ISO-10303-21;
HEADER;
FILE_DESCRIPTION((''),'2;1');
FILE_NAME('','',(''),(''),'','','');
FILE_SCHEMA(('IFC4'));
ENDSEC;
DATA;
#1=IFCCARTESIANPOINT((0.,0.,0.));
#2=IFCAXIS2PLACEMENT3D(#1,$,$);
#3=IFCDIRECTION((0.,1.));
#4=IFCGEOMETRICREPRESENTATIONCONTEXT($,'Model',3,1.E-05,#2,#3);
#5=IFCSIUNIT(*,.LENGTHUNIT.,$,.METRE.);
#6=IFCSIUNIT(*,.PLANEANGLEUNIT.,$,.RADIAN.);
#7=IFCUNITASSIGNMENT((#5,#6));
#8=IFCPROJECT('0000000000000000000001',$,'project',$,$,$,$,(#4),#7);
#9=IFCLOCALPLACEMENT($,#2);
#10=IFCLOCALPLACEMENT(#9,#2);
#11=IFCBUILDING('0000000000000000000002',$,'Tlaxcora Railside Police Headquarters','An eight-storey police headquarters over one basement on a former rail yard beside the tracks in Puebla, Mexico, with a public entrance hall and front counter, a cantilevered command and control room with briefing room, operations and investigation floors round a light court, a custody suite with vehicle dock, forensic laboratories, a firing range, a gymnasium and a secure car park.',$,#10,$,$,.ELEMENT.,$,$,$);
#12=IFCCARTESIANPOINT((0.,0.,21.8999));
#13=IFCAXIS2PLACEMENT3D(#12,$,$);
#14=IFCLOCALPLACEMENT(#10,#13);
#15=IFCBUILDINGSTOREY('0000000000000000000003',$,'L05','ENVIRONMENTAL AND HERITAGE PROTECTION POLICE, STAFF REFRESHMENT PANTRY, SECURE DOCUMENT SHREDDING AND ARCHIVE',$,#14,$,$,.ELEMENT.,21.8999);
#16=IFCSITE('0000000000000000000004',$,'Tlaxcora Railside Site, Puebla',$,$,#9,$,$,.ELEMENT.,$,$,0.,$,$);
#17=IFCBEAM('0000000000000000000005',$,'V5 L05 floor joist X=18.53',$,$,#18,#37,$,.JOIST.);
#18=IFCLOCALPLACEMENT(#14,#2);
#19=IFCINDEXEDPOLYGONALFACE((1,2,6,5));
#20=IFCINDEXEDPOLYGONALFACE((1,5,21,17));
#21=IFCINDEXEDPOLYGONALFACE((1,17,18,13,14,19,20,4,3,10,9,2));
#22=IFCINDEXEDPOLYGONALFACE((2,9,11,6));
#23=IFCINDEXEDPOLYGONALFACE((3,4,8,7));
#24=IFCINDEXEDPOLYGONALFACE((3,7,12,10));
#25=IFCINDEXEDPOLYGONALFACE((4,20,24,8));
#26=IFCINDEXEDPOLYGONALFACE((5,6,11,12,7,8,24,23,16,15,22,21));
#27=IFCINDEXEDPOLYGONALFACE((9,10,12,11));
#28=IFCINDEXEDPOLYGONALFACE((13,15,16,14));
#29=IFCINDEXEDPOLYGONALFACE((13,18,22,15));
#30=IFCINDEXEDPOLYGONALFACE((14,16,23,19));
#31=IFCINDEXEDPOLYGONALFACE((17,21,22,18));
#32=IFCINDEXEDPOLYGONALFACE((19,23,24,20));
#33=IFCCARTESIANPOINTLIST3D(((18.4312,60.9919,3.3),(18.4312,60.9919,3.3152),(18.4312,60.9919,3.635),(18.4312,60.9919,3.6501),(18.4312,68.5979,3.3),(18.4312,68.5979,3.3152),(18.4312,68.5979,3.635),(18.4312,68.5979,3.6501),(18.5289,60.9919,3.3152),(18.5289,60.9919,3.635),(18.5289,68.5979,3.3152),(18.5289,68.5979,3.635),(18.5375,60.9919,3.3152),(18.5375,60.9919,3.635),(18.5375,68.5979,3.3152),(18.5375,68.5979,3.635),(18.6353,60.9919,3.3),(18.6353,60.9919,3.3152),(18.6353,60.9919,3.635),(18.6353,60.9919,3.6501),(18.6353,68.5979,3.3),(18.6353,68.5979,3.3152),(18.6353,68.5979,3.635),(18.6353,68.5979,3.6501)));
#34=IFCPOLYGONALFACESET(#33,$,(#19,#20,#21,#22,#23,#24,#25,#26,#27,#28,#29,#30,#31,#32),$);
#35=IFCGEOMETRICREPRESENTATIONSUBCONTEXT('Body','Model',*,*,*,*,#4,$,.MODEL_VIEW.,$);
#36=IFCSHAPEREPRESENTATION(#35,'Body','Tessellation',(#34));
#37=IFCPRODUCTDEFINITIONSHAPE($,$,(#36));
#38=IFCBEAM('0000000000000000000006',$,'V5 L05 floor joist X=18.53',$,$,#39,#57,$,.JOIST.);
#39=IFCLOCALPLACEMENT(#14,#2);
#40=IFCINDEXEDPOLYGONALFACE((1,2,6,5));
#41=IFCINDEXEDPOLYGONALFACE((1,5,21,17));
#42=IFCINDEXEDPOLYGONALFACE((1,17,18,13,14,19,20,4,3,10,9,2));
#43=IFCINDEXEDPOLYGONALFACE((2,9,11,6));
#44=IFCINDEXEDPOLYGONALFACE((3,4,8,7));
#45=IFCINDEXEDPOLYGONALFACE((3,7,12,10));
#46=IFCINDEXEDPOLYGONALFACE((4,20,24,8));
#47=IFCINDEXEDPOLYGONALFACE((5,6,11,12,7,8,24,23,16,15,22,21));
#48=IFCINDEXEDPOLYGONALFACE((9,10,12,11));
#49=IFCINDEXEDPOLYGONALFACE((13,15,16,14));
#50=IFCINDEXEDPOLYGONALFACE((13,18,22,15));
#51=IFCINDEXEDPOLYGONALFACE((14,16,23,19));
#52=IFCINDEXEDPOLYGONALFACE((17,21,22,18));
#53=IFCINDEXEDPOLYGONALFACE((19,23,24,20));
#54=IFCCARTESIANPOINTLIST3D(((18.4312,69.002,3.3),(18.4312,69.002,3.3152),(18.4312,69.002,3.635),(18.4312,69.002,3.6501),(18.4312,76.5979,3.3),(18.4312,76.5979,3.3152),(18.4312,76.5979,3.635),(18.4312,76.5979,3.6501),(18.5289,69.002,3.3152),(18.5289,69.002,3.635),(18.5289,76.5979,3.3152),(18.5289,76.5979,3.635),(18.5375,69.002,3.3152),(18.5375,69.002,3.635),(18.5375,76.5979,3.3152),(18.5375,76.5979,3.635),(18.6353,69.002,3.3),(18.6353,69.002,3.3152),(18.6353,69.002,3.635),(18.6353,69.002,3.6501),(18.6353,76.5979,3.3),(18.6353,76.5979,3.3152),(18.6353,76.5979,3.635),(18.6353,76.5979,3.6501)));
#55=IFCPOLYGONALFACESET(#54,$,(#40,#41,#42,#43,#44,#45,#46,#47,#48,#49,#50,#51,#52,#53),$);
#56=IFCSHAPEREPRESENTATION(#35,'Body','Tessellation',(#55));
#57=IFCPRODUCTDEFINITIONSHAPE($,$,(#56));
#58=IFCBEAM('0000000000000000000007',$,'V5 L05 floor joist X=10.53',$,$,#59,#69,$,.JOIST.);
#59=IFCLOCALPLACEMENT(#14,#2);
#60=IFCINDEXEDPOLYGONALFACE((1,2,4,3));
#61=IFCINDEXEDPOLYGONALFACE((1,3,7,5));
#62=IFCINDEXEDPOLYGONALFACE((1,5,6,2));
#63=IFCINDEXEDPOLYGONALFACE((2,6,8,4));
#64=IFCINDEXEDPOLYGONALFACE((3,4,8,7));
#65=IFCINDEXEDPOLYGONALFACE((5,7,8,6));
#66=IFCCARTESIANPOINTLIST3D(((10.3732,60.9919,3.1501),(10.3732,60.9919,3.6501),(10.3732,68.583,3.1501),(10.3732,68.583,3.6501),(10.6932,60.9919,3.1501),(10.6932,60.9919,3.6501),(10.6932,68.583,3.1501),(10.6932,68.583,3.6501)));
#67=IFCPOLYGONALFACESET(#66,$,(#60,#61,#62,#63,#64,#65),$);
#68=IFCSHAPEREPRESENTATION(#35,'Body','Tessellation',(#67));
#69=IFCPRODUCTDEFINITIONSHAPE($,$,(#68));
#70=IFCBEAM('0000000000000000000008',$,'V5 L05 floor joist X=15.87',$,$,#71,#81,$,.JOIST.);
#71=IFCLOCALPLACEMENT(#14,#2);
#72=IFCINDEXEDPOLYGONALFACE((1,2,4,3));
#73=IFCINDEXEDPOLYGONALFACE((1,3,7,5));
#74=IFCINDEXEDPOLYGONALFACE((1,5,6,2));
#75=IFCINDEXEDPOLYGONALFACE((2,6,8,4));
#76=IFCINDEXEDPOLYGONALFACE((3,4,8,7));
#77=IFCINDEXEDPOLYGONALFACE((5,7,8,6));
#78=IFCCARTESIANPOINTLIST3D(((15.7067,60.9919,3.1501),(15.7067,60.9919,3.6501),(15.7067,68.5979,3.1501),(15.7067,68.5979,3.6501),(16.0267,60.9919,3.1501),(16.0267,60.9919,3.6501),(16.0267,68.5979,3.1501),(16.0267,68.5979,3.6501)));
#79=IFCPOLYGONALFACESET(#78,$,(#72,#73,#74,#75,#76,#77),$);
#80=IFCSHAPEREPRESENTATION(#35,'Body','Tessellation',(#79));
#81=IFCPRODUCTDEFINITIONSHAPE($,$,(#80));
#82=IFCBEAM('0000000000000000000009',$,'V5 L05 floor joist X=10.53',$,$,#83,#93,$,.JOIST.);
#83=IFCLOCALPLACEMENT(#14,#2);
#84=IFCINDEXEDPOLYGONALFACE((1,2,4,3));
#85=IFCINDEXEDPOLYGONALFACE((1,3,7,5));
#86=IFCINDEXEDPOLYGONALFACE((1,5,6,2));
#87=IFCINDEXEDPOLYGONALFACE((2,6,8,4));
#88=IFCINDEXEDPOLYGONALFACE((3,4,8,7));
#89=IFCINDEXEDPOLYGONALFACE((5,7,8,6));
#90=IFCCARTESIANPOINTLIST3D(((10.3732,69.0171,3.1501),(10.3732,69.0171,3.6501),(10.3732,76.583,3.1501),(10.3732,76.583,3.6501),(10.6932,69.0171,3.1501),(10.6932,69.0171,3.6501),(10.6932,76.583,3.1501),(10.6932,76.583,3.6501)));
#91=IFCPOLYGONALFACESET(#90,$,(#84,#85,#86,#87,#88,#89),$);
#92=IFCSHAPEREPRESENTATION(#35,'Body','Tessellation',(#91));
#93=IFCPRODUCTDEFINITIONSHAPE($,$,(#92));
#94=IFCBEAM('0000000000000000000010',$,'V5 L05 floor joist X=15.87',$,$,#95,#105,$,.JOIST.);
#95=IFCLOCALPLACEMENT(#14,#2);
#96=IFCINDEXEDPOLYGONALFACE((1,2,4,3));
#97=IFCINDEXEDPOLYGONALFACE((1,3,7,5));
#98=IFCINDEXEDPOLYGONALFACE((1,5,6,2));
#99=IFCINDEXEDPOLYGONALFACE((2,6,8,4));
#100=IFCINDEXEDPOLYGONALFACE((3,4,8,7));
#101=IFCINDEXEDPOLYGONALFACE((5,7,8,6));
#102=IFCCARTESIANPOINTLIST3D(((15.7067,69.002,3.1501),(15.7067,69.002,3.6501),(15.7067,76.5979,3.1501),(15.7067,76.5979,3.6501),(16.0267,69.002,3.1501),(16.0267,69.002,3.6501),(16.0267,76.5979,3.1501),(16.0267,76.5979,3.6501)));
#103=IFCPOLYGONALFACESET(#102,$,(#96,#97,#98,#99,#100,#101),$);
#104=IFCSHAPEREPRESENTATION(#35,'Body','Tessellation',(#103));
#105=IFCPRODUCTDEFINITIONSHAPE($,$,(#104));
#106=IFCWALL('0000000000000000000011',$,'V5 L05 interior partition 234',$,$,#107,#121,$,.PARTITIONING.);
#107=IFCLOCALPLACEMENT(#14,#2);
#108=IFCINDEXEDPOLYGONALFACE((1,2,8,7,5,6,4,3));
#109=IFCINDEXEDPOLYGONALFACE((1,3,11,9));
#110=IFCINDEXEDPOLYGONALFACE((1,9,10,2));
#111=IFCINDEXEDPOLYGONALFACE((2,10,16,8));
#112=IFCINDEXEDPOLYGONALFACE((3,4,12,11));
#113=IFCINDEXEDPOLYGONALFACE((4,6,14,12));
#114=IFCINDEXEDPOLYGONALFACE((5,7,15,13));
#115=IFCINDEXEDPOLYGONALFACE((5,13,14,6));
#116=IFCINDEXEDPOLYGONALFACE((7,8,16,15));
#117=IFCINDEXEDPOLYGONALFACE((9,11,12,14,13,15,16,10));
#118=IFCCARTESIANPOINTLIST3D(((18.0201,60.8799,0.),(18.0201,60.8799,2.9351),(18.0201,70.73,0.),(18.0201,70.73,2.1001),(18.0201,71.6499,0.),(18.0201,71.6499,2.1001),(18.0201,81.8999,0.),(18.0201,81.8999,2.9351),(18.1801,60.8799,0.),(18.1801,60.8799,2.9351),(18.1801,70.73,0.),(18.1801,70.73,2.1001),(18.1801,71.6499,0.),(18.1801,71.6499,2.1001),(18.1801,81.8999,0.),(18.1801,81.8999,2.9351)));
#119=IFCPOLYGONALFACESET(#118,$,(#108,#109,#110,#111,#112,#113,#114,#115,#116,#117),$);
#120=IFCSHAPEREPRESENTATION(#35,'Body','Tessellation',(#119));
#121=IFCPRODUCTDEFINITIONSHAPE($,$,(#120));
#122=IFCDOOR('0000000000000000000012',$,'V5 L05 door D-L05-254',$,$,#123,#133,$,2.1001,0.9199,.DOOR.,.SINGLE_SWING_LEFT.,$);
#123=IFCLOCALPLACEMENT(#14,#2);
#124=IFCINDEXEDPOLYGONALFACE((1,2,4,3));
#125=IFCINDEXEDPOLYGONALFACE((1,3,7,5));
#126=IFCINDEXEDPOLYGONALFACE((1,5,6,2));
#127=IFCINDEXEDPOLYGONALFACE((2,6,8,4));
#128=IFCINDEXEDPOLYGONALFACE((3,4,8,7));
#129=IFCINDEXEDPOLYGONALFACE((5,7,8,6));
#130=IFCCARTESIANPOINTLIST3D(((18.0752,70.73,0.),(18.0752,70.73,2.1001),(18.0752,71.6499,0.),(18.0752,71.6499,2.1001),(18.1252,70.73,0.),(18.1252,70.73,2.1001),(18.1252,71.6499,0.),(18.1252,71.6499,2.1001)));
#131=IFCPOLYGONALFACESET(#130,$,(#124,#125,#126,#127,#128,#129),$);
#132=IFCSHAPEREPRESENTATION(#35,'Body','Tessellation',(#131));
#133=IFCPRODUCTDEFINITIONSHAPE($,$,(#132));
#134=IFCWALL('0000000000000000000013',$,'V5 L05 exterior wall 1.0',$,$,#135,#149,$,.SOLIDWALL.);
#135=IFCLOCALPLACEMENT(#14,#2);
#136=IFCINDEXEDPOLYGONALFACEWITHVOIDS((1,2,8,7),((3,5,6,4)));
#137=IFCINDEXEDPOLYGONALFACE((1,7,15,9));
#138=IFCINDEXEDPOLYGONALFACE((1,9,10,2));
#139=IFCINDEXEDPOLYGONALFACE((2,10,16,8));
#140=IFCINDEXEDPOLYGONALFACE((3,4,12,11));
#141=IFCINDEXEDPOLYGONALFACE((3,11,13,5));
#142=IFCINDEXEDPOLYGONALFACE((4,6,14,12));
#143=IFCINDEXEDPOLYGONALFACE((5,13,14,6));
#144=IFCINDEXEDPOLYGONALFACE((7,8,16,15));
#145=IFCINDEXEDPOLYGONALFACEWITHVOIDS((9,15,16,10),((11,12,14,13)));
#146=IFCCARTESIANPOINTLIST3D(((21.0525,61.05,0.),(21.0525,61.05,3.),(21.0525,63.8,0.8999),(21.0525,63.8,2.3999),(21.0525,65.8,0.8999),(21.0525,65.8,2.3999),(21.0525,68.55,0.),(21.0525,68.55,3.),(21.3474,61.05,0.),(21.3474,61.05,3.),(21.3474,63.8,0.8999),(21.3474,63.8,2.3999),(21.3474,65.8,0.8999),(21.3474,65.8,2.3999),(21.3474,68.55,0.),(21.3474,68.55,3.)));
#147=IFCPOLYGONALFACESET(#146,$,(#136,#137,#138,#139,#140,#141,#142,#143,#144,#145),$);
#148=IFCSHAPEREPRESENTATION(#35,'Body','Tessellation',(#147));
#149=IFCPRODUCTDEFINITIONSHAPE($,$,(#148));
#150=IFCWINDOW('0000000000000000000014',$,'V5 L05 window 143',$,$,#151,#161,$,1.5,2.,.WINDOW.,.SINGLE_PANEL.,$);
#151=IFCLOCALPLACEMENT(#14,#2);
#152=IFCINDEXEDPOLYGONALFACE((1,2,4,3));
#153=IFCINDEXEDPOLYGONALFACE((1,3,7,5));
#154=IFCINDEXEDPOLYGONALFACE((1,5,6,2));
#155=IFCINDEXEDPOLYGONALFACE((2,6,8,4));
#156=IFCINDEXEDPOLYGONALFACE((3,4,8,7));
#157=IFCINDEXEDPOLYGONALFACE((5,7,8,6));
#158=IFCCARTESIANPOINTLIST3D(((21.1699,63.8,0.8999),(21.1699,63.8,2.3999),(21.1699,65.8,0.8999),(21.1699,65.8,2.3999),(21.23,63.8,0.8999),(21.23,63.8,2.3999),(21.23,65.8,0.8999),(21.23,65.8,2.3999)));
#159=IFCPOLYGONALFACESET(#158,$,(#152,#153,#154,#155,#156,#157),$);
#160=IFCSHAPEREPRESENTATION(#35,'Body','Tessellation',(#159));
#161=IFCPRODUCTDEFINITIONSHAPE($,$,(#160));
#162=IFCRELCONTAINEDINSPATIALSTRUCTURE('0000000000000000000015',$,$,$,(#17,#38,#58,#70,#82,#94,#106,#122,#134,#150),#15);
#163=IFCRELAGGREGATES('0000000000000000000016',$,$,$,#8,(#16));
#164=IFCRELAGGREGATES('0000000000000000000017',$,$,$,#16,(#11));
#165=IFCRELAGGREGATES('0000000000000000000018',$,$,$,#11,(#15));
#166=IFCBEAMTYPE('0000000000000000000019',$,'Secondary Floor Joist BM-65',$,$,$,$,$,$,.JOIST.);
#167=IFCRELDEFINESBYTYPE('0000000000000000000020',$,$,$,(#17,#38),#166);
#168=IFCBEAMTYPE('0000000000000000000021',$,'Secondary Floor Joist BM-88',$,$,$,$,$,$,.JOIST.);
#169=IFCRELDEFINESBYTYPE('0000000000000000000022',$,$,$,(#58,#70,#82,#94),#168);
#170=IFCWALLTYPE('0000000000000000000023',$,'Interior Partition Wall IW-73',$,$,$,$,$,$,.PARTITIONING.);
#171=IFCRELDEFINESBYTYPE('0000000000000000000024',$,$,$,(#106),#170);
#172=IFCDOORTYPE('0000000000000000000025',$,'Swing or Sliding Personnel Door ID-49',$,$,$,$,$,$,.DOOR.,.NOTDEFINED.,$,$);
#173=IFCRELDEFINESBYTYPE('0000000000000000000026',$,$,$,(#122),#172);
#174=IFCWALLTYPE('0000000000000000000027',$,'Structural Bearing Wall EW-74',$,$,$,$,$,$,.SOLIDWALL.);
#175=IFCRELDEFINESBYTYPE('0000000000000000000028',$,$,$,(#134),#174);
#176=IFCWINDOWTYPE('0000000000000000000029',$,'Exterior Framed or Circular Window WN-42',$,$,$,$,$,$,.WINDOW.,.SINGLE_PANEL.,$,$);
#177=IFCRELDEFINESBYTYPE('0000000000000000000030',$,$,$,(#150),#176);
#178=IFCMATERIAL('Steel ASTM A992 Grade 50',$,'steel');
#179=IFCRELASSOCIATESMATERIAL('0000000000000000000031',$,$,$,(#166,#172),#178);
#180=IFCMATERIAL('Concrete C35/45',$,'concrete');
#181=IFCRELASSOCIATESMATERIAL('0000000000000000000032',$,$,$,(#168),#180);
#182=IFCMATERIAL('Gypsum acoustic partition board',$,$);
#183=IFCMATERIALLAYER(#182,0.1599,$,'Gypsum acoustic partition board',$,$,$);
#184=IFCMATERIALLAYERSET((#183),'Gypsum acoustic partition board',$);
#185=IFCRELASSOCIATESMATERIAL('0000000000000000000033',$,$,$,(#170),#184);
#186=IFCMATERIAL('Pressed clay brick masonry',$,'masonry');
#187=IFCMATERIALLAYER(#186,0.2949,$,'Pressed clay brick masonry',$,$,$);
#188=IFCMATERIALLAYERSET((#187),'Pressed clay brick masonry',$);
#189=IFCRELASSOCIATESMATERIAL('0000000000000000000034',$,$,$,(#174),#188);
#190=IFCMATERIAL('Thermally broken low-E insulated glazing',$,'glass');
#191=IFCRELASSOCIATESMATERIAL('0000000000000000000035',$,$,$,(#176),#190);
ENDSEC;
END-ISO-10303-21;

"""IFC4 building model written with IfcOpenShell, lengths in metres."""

from ifc_helpers import new_model, si_unit, direction, frame, frame_2d, origin, origin_2d, place, context, subcontext, project, spatial, rectangle, i_section, extrude, material, layer, layer_set, material_profile, profile_set, type_object, element, fill, save


model = new_model("IFC4")

# Units and contexts
model_context = context("Model", 3, precision=1e-05, world=origin(), true_north=direction((0.0, 1.0)))
body_context = subcontext(model_context, "Body", "Model", "MODEL_VIEW")
ifc_project = project(units=[si_unit("LENGTHUNIT", "METRE"), si_unit("PLANEANGLEUNIT", "RADIAN")], contexts=[model_context])

# Site, building, storey
site_placement = place(None, origin())
site = spatial("IfcSite", under=ifc_project, at=site_placement, Name="Tlaxcora Railside Site, Puebla", CompositionType="ELEMENT", RefElevation=0.0)
building_placement = place(site_placement, origin())
building = spatial("IfcBuilding", under=site, at=building_placement, Name="Tlaxcora Railside Police Headquarters", Description="An eight-storey police headquarters over one basement on a former rail yard beside the tracks in Puebla, Mexico, with a public entrance hall and front counter, a cantilevered command and control room with briefing room, operations and investigation floors round a light court, a custody suite with vehicle dock, forensic laboratories, a firing range, a gymnasium and a secure car park.", CompositionType="ELEMENT")
storey_placement = place(building_placement, frame((0.0, 0.0, 21.8999)))
storey = spatial("IfcBuildingStorey", under=building, at=storey_placement, Name="L05", Description="ENVIRONMENTAL AND HERITAGE PROTECTION POLICE, STAFF REFRESHMENT PANTRY, SECURE DOCUMENT SHREDDING AND ARCHIVE", CompositionType="ELEMENT", Elevation=21.8999)

# Shared definitions
ifc_material_1 = material(Name="Thermally broken low-E insulated glazing", Category="glass")

# Beams
ifc_material_2 = material(Name="Concrete C35/45", Category="concrete")
ifc_material_3 = material(Name="Steel ASTM A992 Grade 50", Category="steel")
ifc_material_profile_1 = material_profile(ifc_material_3, i_section(OverallWidth=0.2041, OverallDepth=0.3501, WebThickness=0.0085, FlangeThickness=0.0151, at=origin_2d()), Name="W14X48")
ifc_profile_set_1 = profile_set([ifc_material_profile_1], Name="Steel ASTM A992 Grade 50")
beam_type_1 = type_object("IfcBeamType", Name="Secondary Floor Joist BM-65", PredefinedType="JOIST", material=ifc_profile_set_1)
beam_1_placement = place(storey_placement, frame((18.5332, 60.9919, 3.4751), z_axis=(0.0, 1.0, 0.0), x_axis=(-1.0, 0.0, 0.0)))
element("IfcBeam", 1, at=beam_1_placement, inside=storey, type_object=beam_type_1, Name="V5 L05 floor joist X=18.53", PredefinedType="JOIST", context=body_context, shape_type="SweptSolid", body=[
    extrude(i_section(OverallWidth=0.2041, OverallDepth=0.3501, WebThickness=0.0085, FlangeThickness=0.0151, at=origin_2d()), origin(), (0.0, 0.0, 1.0), 7.606),
])
beam_2_placement = place(storey_placement, frame((18.5332, 69.002, 3.4751), z_axis=(0.0, 1.0, 0.0), x_axis=(-1.0, 0.0, 0.0)))
element("IfcBeam", 2, at=beam_2_placement, inside=storey, type_object=beam_type_1, Name="V5 L05 floor joist X=18.53", PredefinedType="JOIST", context=body_context, shape_type="SweptSolid", body=[
    extrude(i_section(OverallWidth=0.2041, OverallDepth=0.3501, WebThickness=0.0085, FlangeThickness=0.0151, at=origin_2d()), origin(), (0.0, 0.0, 1.0), 7.5959),
])
ifc_material_profile_2 = material_profile(ifc_material_2, rectangle(XDim=0.3201, YDim=0.5, at=origin_2d()), Name="RC320X500")
ifc_profile_set_2 = profile_set([ifc_material_profile_2], Name="Concrete C35/45")
beam_type_2 = type_object("IfcBeamType", Name="Secondary Floor Joist BM-88", PredefinedType="JOIST", material=ifc_profile_set_2)
beam_3_placement = place(storey_placement, frame((10.5332, 60.9919, 3.4001), z_axis=(0.0, 1.0, 0.0), x_axis=(-1.0, 0.0, 0.0)))
element("IfcBeam", 3, at=beam_3_placement, inside=storey, type_object=beam_type_2, Name="V5 L05 floor joist X=10.53", PredefinedType="JOIST", context=body_context, shape_type="SweptSolid", body=[
    extrude(rectangle(XDim=0.3201, YDim=0.5, at=origin_2d()), origin(), (0.0, 0.0, 1.0), 7.5911),
])
beam_4_placement = place(storey_placement, frame((15.8667, 60.9919, 3.4001), z_axis=(0.0, 1.0, 0.0), x_axis=(-1.0, 0.0, 0.0)))
element("IfcBeam", 4, at=beam_4_placement, inside=storey, type_object=beam_type_2, Name="V5 L05 floor joist X=15.87", PredefinedType="JOIST", context=body_context, shape_type="SweptSolid", body=[
    extrude(rectangle(XDim=0.3201, YDim=0.5, at=origin_2d()), origin(), (0.0, 0.0, 1.0), 7.606),
])
beam_5_placement = place(storey_placement, frame((10.5332, 69.0171, 3.4001), z_axis=(0.0, 1.0, 0.0), x_axis=(-1.0, 0.0, 0.0)))
element("IfcBeam", 5, at=beam_5_placement, inside=storey, type_object=beam_type_2, Name="V5 L05 floor joist X=10.53", PredefinedType="JOIST", context=body_context, shape_type="SweptSolid", body=[
    extrude(rectangle(XDim=0.3201, YDim=0.5, at=origin_2d()), origin(), (0.0, 0.0, 1.0), 7.5659),
])
beam_6_placement = place(storey_placement, frame((15.8667, 69.002, 3.4001), z_axis=(0.0, 1.0, 0.0), x_axis=(-1.0, 0.0, 0.0)))
element("IfcBeam", 6, at=beam_6_placement, inside=storey, type_object=beam_type_2, Name="V5 L05 floor joist X=15.87", PredefinedType="JOIST", context=body_context, shape_type="SweptSolid", body=[
    extrude(rectangle(XDim=0.3201, YDim=0.5, at=origin_2d()), origin(), (0.0, 0.0, 1.0), 7.5959),
])

# Wall, opening, door
ifc_material_4 = material(Name="Gypsum acoustic partition board")
ifc_layer_1 = layer(ifc_material_4, 0.1599, Name="Gypsum acoustic partition board")
ifc_layer_set_1 = layer_set([ifc_layer_1], Name="Gypsum acoustic partition board")
wall_type_1 = type_object("IfcWallType", Name="Interior Partition Wall IW-73", PredefinedType="PARTITIONING", material=ifc_layer_set_1)
wall_1_placement = place(storey_placement, frame((18.1001, 60.8799, 0.0), z_axis=(0.0, 0.0, 1.0), x_axis=(0.0, 1.0, 0.0)))
wall_1 = element("IfcWall", 7, at=wall_1_placement, inside=storey, type_object=wall_type_1, Name="V5 L05 interior partition 234", PredefinedType="PARTITIONING", context=body_context, shape_type="SweptSolid", body=[
    extrude(rectangle(XDim=21.02, YDim=0.1599, at=frame_2d((10.51, 0.0))), origin(), (0.0, 0.0, 1.0), 2.9351),
])
opening_1_placement = place(wall_1_placement, frame((9.8501, 0.0, 0.0)))
opening_1 = element("IfcOpeningElement", 8, at=opening_1_placement, cuts=wall_1, PredefinedType="OPENING", context=body_context, shape_type="SweptSolid", body=[
    extrude(rectangle(XDim=0.9199, YDim=2.1001, at=frame_2d((0.46, 1.05))), frame((0.0, 0.0898, 0.0), z_axis=(0.0, -1.0, 0.0), x_axis=(1.0, 0.0, 0.0)), (0.0, 0.0, 1.0), 0.1799),
])
door_type = type_object("IfcDoorType", Name="Swing or Sliding Personnel Door ID-49", OperationType="NOTDEFINED", PredefinedType="DOOR", material=ifc_material_3)
door_placement = place(opening_1_placement, origin())
door = element("IfcDoor", 9, at=door_placement, inside=storey, type_object=door_type, Name="V5 L05 door D-L05-254", OperationType="SINGLE_SWING_LEFT", OverallHeight=2.1001, OverallWidth=0.9199, PredefinedType="DOOR", context=body_context, shape_type="SweptSolid", body=[
    extrude(rectangle(XDim=0.9199, YDim=2.1001, at=frame_2d((0.46, 1.05))), frame((0.0, 0.0249, 0.0), z_axis=(0.0, -1.0, 0.0), x_axis=(1.0, 0.0, 0.0)), (0.0, 0.0, 1.0), 0.05),
])
fill(opening_1, door)

# Wall, opening, window
ifc_material_5 = material(Name="Pressed clay brick masonry", Category="masonry")
ifc_layer_2 = layer(ifc_material_5, 0.2949, Name="Pressed clay brick masonry")
ifc_layer_set_2 = layer_set([ifc_layer_2], Name="Pressed clay brick masonry")
wall_type_2 = type_object("IfcWallType", Name="Structural Bearing Wall EW-74", PredefinedType="SOLIDWALL", material=ifc_layer_set_2)
wall_2_placement = place(storey_placement, frame((21.2, 61.05, 0.0), z_axis=(0.0, 0.0, 1.0), x_axis=(0.0, 1.0, 0.0)))
wall_2 = element("IfcWall", 10, at=wall_2_placement, inside=storey, type_object=wall_type_2, Name="V5 L05 exterior wall 1.0", PredefinedType="SOLIDWALL", context=body_context, shape_type="SweptSolid", body=[
    extrude(rectangle(XDim=7.5, YDim=0.2949, at=frame_2d((3.75, 0.0))), origin(), (0.0, 0.0, 1.0), 3.0),
])
opening_2_placement = place(wall_2_placement, frame((2.75, 0.0, 0.8999)))
opening_2 = element("IfcOpeningElement", 11, at=opening_2_placement, cuts=wall_2, PredefinedType="OPENING", context=body_context, shape_type="SweptSolid", body=[
    extrude(rectangle(XDim=2.0, YDim=1.5, at=frame_2d((1.0, 0.75))), frame((0.0, 0.1575, 0.0), z_axis=(0.0, -1.0, 0.0), x_axis=(1.0, 0.0, 0.0)), (0.0, 0.0, 1.0), 0.3149),
])
window_type = type_object("IfcWindowType", Name="Exterior Framed or Circular Window WN-42", PartitioningType="SINGLE_PANEL", PredefinedType="WINDOW", material=ifc_material_1)
window_1_placement = place(opening_2_placement, origin())
window_1 = element("IfcWindow", 12, at=window_1_placement, inside=storey, type_object=window_type, Name="V5 L05 window 143", OverallHeight=1.5, OverallWidth=2.0, PartitioningType="SINGLE_PANEL", PredefinedType="WINDOW", context=body_context, shape_type="SweptSolid", body=[
    extrude(rectangle(XDim=2.0, YDim=1.5, at=frame_2d((1.0, 0.75))), frame((0.0, 0.03, 0.0), z_axis=(0.0, -1.0, 0.0), x_axis=(1.0, 0.0, 0.0)), (0.0, 0.0, 1.0), 0.0601),
])
fill(opening_2, window_1)

save(model, "model.ifc")
